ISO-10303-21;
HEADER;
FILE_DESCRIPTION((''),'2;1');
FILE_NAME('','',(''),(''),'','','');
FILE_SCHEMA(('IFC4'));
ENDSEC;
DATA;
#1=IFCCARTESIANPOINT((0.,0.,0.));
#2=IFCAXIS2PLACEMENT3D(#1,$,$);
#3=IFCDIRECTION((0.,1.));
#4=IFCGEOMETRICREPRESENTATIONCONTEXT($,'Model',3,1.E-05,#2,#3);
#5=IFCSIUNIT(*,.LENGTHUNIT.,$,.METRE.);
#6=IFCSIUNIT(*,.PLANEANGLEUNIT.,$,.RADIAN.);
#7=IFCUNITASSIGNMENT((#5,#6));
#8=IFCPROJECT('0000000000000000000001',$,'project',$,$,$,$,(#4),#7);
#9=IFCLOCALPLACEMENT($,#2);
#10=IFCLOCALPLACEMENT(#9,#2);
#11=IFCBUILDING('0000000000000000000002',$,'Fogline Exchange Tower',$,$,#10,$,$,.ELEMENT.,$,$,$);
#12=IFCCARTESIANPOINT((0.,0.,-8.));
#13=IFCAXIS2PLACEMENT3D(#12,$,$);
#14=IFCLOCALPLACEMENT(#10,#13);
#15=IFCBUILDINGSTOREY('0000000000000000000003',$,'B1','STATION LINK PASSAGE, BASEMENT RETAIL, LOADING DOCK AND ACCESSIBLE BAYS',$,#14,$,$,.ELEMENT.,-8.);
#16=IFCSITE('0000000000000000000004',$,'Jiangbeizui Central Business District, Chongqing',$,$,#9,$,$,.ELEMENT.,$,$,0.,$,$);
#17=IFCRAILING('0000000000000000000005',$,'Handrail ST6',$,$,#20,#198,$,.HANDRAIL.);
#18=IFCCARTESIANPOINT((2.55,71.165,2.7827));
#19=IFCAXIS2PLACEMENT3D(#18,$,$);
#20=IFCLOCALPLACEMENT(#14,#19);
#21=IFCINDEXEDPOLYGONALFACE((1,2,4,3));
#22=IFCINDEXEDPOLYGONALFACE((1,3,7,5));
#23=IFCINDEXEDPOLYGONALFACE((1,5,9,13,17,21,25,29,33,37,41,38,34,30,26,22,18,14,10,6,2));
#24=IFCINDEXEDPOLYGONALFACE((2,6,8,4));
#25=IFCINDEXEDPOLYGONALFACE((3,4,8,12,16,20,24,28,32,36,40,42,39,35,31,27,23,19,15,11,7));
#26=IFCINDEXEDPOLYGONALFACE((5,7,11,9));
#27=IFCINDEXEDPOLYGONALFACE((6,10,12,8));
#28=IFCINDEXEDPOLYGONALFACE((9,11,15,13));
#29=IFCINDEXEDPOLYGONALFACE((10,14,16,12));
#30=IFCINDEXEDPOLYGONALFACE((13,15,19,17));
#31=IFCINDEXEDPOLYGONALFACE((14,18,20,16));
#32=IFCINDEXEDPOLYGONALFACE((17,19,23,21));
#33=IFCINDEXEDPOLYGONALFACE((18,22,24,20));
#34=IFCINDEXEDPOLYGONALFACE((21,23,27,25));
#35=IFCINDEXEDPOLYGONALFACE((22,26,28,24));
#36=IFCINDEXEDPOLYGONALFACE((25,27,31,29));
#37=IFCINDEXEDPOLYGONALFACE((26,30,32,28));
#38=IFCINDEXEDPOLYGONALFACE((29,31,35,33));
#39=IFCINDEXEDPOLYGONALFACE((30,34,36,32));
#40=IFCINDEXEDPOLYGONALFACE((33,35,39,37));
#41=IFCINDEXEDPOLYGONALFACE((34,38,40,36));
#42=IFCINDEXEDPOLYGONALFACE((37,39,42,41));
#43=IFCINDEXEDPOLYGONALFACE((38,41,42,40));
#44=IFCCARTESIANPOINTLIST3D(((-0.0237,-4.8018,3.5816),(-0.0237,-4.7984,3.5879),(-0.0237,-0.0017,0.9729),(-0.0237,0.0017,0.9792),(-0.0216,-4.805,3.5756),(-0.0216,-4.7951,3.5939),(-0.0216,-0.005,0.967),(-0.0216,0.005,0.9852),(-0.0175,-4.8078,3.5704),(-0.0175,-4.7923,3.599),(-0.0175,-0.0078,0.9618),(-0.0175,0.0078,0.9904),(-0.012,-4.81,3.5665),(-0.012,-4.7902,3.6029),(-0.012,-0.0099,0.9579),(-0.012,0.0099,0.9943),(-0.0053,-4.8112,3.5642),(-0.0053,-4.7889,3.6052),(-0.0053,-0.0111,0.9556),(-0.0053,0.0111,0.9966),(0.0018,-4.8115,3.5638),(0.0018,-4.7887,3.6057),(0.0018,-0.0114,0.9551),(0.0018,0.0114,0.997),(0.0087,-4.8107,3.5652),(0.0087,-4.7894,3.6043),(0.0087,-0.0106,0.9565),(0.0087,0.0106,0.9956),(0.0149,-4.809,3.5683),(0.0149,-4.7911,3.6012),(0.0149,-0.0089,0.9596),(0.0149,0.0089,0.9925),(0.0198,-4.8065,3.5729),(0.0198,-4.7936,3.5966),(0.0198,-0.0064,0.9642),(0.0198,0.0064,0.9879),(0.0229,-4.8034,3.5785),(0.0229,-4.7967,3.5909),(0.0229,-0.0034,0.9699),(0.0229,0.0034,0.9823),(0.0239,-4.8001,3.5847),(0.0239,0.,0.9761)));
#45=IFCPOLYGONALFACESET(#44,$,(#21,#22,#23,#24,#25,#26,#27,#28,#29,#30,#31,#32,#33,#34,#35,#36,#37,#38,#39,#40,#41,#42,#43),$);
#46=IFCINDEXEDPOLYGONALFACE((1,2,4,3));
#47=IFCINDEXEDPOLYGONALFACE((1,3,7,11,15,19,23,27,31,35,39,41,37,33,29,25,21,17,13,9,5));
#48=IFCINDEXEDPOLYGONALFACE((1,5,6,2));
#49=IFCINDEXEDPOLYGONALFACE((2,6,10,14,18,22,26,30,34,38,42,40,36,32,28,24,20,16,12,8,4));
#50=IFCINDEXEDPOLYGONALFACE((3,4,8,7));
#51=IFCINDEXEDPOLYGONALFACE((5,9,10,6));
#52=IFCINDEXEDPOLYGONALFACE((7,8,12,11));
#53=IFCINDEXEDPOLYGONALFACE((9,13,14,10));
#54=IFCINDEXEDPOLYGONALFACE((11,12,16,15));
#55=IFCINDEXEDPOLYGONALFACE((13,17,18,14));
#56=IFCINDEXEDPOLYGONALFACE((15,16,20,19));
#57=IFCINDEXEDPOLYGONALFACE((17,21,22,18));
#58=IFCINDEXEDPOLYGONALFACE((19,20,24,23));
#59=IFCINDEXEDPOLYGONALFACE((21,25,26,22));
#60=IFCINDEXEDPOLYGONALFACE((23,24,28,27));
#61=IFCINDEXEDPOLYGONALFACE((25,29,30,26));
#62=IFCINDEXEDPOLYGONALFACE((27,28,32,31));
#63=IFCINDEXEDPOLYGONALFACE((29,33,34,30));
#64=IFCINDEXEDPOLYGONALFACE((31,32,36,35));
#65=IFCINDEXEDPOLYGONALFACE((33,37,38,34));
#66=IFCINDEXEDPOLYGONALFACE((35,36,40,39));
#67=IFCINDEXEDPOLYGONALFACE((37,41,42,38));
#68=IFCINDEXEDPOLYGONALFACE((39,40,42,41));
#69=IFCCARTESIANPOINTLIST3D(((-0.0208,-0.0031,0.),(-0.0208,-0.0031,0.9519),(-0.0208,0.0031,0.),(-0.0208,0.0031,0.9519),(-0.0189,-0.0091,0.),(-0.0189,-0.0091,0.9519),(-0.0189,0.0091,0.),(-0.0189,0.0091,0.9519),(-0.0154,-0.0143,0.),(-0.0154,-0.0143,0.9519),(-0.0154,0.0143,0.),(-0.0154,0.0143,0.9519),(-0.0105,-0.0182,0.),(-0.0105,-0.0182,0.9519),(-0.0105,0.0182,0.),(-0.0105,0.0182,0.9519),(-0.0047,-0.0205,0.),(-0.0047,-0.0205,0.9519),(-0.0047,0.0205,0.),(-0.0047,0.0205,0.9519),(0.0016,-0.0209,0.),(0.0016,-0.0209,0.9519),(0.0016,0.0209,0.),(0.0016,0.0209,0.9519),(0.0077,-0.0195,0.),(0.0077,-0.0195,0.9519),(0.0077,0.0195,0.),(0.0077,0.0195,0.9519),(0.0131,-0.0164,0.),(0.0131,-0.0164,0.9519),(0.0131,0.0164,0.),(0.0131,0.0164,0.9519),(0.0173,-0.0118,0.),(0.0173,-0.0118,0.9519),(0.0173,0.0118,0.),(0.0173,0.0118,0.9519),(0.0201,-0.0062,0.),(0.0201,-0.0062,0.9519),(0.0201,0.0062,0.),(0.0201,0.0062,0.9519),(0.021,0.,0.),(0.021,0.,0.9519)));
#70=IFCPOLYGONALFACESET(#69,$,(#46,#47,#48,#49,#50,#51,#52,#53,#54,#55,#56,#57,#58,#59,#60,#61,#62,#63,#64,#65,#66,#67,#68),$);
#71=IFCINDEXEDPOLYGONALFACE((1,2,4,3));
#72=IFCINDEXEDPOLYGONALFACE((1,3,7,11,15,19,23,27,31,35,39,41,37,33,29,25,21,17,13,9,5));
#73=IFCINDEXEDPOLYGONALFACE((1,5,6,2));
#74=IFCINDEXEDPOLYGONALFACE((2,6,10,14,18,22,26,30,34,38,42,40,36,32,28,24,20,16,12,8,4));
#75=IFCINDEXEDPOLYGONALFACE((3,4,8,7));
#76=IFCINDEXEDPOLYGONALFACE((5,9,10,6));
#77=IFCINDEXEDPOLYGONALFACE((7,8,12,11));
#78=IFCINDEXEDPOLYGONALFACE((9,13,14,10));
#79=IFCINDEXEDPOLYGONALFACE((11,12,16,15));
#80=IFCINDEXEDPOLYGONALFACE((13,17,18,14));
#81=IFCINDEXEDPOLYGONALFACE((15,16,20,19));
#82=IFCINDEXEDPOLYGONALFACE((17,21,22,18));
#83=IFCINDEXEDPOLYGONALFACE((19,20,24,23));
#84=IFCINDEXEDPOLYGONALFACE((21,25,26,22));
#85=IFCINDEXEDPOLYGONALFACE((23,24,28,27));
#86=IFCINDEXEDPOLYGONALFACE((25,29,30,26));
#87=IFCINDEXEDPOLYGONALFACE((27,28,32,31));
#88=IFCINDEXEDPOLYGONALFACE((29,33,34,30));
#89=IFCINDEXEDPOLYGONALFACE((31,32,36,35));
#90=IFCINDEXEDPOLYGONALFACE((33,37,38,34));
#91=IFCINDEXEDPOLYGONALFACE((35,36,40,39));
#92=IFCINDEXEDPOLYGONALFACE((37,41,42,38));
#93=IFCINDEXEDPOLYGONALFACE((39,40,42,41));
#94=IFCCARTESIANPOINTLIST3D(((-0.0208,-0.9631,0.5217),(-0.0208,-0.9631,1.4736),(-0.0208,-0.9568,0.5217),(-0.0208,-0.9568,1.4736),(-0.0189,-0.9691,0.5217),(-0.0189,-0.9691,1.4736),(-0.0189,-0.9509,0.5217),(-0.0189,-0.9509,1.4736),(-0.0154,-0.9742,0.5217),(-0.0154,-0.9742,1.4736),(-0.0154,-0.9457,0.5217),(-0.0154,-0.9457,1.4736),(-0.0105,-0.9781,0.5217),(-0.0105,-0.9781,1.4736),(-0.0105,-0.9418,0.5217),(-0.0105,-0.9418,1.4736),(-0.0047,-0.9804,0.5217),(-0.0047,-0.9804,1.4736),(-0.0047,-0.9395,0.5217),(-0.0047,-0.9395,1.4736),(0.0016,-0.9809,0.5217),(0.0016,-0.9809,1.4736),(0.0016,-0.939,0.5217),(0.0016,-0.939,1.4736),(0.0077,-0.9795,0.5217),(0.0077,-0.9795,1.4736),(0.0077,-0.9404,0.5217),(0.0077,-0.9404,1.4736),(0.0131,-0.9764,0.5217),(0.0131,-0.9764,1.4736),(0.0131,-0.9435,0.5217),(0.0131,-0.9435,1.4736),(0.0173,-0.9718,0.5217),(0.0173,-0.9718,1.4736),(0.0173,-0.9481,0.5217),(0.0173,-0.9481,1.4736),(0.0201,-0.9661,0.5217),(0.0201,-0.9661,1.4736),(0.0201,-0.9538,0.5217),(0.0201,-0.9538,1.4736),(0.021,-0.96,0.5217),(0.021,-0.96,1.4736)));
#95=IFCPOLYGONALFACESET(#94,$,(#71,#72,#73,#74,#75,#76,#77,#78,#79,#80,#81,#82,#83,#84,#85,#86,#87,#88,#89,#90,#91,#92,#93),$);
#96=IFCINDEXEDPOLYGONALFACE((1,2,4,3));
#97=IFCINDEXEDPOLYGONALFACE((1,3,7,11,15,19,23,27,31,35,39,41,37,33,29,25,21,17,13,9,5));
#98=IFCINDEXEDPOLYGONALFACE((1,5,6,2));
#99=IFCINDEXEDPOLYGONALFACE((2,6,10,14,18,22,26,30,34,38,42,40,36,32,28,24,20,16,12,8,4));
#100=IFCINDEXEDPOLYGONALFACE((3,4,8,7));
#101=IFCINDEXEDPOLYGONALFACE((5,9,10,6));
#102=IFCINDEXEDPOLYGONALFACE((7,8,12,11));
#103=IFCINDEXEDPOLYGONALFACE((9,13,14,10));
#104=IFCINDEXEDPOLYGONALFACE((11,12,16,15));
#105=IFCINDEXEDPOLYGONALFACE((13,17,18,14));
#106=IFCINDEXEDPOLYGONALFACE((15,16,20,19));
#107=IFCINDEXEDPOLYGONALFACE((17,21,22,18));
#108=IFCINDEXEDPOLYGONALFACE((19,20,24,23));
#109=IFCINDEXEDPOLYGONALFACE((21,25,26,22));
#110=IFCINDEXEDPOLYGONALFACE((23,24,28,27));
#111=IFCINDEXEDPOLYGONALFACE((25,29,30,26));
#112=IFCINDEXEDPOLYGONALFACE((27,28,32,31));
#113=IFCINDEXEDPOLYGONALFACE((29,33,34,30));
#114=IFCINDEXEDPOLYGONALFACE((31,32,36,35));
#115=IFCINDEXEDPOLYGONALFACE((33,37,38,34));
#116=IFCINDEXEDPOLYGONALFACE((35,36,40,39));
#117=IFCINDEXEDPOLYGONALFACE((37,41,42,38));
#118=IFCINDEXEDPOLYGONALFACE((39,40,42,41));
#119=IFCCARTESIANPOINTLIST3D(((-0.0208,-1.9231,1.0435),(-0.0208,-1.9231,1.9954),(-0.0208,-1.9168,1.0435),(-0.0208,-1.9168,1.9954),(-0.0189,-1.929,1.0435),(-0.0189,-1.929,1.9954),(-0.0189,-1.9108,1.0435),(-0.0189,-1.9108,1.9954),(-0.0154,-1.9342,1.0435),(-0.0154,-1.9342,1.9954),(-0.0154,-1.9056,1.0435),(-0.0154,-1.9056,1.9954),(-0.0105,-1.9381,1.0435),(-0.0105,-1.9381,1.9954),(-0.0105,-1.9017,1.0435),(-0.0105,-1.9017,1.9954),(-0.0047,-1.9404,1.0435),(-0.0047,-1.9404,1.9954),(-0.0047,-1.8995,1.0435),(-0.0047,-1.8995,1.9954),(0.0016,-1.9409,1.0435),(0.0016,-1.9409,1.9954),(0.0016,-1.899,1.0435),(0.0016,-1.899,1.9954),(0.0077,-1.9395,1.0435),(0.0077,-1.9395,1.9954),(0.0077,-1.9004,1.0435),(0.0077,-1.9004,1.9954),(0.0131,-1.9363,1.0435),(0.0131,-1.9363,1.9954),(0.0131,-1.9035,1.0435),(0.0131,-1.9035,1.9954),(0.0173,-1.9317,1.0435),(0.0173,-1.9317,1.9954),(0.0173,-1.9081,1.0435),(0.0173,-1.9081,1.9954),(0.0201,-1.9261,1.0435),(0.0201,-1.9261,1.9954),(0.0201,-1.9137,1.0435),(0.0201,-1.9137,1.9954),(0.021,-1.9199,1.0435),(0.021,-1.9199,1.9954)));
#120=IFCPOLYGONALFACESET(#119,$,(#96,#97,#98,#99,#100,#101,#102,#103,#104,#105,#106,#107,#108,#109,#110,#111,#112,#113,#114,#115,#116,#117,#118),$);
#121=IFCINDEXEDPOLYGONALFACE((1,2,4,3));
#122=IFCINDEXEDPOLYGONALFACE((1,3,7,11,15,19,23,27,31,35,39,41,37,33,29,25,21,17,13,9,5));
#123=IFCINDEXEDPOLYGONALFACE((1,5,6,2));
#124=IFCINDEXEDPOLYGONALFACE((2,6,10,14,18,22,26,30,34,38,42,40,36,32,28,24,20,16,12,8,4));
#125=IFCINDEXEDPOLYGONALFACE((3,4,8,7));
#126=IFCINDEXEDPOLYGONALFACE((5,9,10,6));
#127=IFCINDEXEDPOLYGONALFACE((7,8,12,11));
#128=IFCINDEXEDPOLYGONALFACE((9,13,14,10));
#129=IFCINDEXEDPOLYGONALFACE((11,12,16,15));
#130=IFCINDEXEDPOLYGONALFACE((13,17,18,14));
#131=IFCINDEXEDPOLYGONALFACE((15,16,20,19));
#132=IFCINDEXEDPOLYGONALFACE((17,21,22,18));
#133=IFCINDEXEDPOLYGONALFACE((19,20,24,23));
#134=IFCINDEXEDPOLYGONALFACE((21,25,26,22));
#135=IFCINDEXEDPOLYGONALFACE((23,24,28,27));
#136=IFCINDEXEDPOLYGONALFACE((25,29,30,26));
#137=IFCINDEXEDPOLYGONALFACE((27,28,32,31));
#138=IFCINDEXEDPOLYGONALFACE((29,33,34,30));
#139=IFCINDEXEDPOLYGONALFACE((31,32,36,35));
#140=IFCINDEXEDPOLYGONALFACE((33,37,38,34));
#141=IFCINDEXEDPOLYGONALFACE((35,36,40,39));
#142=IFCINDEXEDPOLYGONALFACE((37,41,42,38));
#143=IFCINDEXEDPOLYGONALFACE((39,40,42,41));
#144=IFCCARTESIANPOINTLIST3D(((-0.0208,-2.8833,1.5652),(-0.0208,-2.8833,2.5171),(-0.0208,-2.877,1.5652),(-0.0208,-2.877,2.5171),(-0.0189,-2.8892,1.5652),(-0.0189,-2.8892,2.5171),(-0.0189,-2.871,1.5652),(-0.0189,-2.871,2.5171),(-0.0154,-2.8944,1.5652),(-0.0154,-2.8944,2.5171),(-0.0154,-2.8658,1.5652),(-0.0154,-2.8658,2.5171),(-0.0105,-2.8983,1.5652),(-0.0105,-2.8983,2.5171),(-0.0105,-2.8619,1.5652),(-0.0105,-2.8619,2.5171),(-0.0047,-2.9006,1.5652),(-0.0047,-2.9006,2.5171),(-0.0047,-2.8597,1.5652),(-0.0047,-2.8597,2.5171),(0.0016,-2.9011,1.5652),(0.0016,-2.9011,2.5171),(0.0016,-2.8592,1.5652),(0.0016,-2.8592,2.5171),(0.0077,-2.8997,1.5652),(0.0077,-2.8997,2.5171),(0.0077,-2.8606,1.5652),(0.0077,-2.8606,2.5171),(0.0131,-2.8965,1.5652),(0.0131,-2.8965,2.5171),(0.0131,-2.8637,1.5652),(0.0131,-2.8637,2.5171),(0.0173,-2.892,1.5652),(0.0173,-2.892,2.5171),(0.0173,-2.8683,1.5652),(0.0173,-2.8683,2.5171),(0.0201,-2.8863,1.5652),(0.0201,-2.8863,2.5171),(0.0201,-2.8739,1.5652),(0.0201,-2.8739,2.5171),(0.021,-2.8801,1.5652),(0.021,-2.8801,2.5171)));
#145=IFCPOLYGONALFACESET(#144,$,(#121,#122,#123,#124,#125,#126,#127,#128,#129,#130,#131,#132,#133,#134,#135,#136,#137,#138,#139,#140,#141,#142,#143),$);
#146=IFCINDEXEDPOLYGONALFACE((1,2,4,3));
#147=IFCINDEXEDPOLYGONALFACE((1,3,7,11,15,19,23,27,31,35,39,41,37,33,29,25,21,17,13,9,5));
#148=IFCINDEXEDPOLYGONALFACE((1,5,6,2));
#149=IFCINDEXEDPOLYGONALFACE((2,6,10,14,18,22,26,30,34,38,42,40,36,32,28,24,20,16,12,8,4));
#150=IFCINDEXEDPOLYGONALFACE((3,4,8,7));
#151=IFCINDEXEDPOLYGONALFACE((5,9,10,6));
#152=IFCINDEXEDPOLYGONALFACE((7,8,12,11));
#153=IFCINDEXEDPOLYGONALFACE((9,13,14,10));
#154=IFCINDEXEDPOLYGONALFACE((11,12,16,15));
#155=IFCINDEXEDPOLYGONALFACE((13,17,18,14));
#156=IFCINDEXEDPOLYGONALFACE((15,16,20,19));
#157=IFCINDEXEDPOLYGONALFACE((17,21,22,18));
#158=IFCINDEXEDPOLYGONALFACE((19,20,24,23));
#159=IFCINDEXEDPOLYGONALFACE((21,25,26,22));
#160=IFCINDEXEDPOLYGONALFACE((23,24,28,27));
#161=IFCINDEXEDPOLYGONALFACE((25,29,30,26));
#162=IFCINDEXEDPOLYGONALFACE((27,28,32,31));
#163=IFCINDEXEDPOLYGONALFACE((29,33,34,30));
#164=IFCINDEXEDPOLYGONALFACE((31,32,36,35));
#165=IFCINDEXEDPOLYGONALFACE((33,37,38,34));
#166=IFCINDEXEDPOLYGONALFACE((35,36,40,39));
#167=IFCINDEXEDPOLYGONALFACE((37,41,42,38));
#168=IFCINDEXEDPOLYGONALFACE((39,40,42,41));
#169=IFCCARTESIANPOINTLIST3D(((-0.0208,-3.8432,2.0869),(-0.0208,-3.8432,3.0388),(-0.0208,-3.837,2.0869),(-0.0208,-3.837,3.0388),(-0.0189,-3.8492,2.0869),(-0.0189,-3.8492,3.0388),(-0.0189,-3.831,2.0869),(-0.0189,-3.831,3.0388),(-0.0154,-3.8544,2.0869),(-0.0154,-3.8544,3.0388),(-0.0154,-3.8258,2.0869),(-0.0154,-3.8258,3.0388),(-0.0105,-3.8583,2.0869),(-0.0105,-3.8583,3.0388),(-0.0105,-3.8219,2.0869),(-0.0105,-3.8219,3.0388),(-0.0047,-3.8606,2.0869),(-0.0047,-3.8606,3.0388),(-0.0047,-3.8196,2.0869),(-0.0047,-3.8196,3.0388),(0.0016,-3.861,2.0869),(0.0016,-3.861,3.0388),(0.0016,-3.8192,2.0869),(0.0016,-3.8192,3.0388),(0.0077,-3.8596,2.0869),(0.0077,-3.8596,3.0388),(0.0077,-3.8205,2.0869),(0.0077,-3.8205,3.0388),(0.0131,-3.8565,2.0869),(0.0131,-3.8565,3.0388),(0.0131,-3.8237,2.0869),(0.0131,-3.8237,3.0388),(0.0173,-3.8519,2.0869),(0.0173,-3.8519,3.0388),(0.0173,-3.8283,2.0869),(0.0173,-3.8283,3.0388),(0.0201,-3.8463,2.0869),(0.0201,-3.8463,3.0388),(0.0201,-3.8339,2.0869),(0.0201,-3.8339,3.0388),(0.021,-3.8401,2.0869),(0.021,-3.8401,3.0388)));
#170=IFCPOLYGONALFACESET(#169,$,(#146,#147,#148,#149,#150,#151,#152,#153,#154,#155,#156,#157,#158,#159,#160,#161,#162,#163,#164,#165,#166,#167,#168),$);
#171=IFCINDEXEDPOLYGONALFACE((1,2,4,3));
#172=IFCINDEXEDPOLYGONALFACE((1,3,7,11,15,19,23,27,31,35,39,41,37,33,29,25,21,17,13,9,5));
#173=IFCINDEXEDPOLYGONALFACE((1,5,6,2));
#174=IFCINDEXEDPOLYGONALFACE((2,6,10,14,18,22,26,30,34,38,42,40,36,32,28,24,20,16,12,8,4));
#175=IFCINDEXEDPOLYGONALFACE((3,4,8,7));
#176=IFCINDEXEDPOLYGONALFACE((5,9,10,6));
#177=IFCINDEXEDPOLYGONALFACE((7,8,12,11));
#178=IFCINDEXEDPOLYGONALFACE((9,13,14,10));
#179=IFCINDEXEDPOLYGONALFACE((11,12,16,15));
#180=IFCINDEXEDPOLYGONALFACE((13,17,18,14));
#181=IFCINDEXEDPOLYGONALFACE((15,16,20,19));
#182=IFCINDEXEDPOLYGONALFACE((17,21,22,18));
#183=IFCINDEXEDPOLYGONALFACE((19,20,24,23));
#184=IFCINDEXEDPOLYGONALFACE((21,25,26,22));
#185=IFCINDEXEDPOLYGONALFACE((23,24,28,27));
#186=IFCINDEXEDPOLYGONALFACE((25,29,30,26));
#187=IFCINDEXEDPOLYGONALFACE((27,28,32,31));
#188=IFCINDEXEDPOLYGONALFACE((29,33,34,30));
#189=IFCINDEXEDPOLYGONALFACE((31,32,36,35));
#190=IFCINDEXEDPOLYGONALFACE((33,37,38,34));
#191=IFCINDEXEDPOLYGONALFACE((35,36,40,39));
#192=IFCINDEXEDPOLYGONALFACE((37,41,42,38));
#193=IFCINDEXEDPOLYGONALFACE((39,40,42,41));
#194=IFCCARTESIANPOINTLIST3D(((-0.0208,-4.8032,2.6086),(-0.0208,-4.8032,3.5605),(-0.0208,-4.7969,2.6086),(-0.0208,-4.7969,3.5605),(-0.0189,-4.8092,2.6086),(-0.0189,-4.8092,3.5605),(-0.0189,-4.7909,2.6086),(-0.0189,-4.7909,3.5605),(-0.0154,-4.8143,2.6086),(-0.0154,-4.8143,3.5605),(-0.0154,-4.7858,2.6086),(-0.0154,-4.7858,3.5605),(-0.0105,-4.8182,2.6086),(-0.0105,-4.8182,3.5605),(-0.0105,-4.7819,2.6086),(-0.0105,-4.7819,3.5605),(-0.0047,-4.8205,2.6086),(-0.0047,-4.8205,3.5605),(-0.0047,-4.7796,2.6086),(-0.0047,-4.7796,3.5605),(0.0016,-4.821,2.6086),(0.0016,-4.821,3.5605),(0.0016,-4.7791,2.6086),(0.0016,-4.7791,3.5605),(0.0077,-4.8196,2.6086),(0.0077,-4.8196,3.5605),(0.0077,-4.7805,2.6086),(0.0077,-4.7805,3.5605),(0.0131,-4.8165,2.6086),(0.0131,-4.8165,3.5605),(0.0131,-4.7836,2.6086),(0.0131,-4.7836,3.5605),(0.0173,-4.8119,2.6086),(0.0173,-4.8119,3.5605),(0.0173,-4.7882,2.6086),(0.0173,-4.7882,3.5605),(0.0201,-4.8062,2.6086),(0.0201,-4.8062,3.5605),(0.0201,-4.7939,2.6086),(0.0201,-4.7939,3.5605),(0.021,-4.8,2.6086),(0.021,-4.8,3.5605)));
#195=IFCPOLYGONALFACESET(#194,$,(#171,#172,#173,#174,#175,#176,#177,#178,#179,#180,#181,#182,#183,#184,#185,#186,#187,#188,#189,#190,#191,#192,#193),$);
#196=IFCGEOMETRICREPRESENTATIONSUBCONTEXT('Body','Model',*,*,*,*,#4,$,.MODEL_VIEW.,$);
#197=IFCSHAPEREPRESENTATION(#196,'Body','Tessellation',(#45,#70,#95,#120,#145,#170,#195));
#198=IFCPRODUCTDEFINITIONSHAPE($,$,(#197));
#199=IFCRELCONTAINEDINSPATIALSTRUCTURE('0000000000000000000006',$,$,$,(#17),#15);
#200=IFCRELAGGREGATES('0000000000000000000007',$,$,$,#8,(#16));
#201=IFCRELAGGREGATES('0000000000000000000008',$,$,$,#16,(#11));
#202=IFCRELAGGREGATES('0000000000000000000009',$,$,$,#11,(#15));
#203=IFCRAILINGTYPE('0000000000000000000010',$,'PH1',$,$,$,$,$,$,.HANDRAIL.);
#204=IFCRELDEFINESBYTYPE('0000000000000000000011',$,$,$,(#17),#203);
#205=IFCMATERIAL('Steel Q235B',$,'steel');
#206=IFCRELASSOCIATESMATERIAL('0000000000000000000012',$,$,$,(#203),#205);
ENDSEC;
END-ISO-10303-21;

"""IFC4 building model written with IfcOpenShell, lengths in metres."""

from ifc_helpers import new_model, si_unit, direction, frame, origin, origin_2d, place, context, subcontext, project, spatial, circle, extrude, material, type_object, element, save


model = new_model("IFC4")

# Units and contexts
model_context = context("Model", 3, precision=1e-05, world=origin(), true_north=direction((0.0, 1.0)))
body_context = subcontext(model_context, "Body", "Model", "MODEL_VIEW")
ifc_project = project(units=[si_unit("LENGTHUNIT", "METRE"), si_unit("PLANEANGLEUNIT", "RADIAN")], contexts=[model_context])

# Site, building, storey
site_placement = place(None, origin())
site = spatial("IfcSite", under=ifc_project, at=site_placement, Name="Jiangbeizui Central Business District, Chongqing", CompositionType="ELEMENT", RefElevation=0.0)
building_placement = place(site_placement, origin())
building = spatial("IfcBuilding", under=site, at=building_placement, Name="Fogline Exchange Tower", CompositionType="ELEMENT")
storey_placement = place(building_placement, frame((0.0, 0.0, -8.0)))
storey = spatial("IfcBuildingStorey", under=building, at=storey_placement, Name="B1", Description="STATION LINK PASSAGE, BASEMENT RETAIL, LOADING DOCK AND ACCESSIBLE BAYS", CompositionType="ELEMENT", Elevation=-8.0)

# Shared definitions
ifc_material_1 = material(Name="Steel Q235B", Category="steel")

# Railing
railing_type_1 = type_object("IfcRailingType", Name="PH1", PredefinedType="HANDRAIL", material=ifc_material_1)
for number, where, name in (
    (1, (2.55, 71.165, 2.7827), "Handrail ST6"),
):
    element("IfcRailing", number, at=place(storey_placement, frame(where)), inside=storey, type_object=railing_type_1, Name=name, PredefinedType="HANDRAIL", context=body_context, shape_type="SweptSolid", body=[
        extrude(circle(Radius=0.0239, at=origin_2d()), frame((0.0, 0.0, 0.9761), z_axis=(0.0, -0.878631, 0.477502), x_axis=(1.0, 0.0, 0.0)), (0.0, 0.0, 1.0), 5.4631),
        extrude(circle(Radius=0.021, at=origin_2d()), origin(), (0.0, 0.0, 1.0), 0.9519),
        extrude(circle(Radius=0.021, at=origin_2d()), frame((0.0, -0.96, 0.5217)), (0.0, 0.0, 1.0), 0.9519),
        extrude(circle(Radius=0.021, at=origin_2d()), frame((0.0, -1.9199, 1.0435)), (0.0, 0.0, 1.0), 0.9519),
        extrude(circle(Radius=0.021, at=origin_2d()), frame((0.0, -2.8801, 1.5652)), (0.0, 0.0, 1.0), 0.9519),
        extrude(circle(Radius=0.021, at=origin_2d()), frame((0.0, -3.8401, 2.0869)), (0.0, 0.0, 1.0), 0.9519),
        extrude(circle(Radius=0.021, at=origin_2d()), frame((0.0, -4.8, 2.6086)), (0.0, 0.0, 1.0), 0.9519),
    ])

save(model, "model.ifc")
